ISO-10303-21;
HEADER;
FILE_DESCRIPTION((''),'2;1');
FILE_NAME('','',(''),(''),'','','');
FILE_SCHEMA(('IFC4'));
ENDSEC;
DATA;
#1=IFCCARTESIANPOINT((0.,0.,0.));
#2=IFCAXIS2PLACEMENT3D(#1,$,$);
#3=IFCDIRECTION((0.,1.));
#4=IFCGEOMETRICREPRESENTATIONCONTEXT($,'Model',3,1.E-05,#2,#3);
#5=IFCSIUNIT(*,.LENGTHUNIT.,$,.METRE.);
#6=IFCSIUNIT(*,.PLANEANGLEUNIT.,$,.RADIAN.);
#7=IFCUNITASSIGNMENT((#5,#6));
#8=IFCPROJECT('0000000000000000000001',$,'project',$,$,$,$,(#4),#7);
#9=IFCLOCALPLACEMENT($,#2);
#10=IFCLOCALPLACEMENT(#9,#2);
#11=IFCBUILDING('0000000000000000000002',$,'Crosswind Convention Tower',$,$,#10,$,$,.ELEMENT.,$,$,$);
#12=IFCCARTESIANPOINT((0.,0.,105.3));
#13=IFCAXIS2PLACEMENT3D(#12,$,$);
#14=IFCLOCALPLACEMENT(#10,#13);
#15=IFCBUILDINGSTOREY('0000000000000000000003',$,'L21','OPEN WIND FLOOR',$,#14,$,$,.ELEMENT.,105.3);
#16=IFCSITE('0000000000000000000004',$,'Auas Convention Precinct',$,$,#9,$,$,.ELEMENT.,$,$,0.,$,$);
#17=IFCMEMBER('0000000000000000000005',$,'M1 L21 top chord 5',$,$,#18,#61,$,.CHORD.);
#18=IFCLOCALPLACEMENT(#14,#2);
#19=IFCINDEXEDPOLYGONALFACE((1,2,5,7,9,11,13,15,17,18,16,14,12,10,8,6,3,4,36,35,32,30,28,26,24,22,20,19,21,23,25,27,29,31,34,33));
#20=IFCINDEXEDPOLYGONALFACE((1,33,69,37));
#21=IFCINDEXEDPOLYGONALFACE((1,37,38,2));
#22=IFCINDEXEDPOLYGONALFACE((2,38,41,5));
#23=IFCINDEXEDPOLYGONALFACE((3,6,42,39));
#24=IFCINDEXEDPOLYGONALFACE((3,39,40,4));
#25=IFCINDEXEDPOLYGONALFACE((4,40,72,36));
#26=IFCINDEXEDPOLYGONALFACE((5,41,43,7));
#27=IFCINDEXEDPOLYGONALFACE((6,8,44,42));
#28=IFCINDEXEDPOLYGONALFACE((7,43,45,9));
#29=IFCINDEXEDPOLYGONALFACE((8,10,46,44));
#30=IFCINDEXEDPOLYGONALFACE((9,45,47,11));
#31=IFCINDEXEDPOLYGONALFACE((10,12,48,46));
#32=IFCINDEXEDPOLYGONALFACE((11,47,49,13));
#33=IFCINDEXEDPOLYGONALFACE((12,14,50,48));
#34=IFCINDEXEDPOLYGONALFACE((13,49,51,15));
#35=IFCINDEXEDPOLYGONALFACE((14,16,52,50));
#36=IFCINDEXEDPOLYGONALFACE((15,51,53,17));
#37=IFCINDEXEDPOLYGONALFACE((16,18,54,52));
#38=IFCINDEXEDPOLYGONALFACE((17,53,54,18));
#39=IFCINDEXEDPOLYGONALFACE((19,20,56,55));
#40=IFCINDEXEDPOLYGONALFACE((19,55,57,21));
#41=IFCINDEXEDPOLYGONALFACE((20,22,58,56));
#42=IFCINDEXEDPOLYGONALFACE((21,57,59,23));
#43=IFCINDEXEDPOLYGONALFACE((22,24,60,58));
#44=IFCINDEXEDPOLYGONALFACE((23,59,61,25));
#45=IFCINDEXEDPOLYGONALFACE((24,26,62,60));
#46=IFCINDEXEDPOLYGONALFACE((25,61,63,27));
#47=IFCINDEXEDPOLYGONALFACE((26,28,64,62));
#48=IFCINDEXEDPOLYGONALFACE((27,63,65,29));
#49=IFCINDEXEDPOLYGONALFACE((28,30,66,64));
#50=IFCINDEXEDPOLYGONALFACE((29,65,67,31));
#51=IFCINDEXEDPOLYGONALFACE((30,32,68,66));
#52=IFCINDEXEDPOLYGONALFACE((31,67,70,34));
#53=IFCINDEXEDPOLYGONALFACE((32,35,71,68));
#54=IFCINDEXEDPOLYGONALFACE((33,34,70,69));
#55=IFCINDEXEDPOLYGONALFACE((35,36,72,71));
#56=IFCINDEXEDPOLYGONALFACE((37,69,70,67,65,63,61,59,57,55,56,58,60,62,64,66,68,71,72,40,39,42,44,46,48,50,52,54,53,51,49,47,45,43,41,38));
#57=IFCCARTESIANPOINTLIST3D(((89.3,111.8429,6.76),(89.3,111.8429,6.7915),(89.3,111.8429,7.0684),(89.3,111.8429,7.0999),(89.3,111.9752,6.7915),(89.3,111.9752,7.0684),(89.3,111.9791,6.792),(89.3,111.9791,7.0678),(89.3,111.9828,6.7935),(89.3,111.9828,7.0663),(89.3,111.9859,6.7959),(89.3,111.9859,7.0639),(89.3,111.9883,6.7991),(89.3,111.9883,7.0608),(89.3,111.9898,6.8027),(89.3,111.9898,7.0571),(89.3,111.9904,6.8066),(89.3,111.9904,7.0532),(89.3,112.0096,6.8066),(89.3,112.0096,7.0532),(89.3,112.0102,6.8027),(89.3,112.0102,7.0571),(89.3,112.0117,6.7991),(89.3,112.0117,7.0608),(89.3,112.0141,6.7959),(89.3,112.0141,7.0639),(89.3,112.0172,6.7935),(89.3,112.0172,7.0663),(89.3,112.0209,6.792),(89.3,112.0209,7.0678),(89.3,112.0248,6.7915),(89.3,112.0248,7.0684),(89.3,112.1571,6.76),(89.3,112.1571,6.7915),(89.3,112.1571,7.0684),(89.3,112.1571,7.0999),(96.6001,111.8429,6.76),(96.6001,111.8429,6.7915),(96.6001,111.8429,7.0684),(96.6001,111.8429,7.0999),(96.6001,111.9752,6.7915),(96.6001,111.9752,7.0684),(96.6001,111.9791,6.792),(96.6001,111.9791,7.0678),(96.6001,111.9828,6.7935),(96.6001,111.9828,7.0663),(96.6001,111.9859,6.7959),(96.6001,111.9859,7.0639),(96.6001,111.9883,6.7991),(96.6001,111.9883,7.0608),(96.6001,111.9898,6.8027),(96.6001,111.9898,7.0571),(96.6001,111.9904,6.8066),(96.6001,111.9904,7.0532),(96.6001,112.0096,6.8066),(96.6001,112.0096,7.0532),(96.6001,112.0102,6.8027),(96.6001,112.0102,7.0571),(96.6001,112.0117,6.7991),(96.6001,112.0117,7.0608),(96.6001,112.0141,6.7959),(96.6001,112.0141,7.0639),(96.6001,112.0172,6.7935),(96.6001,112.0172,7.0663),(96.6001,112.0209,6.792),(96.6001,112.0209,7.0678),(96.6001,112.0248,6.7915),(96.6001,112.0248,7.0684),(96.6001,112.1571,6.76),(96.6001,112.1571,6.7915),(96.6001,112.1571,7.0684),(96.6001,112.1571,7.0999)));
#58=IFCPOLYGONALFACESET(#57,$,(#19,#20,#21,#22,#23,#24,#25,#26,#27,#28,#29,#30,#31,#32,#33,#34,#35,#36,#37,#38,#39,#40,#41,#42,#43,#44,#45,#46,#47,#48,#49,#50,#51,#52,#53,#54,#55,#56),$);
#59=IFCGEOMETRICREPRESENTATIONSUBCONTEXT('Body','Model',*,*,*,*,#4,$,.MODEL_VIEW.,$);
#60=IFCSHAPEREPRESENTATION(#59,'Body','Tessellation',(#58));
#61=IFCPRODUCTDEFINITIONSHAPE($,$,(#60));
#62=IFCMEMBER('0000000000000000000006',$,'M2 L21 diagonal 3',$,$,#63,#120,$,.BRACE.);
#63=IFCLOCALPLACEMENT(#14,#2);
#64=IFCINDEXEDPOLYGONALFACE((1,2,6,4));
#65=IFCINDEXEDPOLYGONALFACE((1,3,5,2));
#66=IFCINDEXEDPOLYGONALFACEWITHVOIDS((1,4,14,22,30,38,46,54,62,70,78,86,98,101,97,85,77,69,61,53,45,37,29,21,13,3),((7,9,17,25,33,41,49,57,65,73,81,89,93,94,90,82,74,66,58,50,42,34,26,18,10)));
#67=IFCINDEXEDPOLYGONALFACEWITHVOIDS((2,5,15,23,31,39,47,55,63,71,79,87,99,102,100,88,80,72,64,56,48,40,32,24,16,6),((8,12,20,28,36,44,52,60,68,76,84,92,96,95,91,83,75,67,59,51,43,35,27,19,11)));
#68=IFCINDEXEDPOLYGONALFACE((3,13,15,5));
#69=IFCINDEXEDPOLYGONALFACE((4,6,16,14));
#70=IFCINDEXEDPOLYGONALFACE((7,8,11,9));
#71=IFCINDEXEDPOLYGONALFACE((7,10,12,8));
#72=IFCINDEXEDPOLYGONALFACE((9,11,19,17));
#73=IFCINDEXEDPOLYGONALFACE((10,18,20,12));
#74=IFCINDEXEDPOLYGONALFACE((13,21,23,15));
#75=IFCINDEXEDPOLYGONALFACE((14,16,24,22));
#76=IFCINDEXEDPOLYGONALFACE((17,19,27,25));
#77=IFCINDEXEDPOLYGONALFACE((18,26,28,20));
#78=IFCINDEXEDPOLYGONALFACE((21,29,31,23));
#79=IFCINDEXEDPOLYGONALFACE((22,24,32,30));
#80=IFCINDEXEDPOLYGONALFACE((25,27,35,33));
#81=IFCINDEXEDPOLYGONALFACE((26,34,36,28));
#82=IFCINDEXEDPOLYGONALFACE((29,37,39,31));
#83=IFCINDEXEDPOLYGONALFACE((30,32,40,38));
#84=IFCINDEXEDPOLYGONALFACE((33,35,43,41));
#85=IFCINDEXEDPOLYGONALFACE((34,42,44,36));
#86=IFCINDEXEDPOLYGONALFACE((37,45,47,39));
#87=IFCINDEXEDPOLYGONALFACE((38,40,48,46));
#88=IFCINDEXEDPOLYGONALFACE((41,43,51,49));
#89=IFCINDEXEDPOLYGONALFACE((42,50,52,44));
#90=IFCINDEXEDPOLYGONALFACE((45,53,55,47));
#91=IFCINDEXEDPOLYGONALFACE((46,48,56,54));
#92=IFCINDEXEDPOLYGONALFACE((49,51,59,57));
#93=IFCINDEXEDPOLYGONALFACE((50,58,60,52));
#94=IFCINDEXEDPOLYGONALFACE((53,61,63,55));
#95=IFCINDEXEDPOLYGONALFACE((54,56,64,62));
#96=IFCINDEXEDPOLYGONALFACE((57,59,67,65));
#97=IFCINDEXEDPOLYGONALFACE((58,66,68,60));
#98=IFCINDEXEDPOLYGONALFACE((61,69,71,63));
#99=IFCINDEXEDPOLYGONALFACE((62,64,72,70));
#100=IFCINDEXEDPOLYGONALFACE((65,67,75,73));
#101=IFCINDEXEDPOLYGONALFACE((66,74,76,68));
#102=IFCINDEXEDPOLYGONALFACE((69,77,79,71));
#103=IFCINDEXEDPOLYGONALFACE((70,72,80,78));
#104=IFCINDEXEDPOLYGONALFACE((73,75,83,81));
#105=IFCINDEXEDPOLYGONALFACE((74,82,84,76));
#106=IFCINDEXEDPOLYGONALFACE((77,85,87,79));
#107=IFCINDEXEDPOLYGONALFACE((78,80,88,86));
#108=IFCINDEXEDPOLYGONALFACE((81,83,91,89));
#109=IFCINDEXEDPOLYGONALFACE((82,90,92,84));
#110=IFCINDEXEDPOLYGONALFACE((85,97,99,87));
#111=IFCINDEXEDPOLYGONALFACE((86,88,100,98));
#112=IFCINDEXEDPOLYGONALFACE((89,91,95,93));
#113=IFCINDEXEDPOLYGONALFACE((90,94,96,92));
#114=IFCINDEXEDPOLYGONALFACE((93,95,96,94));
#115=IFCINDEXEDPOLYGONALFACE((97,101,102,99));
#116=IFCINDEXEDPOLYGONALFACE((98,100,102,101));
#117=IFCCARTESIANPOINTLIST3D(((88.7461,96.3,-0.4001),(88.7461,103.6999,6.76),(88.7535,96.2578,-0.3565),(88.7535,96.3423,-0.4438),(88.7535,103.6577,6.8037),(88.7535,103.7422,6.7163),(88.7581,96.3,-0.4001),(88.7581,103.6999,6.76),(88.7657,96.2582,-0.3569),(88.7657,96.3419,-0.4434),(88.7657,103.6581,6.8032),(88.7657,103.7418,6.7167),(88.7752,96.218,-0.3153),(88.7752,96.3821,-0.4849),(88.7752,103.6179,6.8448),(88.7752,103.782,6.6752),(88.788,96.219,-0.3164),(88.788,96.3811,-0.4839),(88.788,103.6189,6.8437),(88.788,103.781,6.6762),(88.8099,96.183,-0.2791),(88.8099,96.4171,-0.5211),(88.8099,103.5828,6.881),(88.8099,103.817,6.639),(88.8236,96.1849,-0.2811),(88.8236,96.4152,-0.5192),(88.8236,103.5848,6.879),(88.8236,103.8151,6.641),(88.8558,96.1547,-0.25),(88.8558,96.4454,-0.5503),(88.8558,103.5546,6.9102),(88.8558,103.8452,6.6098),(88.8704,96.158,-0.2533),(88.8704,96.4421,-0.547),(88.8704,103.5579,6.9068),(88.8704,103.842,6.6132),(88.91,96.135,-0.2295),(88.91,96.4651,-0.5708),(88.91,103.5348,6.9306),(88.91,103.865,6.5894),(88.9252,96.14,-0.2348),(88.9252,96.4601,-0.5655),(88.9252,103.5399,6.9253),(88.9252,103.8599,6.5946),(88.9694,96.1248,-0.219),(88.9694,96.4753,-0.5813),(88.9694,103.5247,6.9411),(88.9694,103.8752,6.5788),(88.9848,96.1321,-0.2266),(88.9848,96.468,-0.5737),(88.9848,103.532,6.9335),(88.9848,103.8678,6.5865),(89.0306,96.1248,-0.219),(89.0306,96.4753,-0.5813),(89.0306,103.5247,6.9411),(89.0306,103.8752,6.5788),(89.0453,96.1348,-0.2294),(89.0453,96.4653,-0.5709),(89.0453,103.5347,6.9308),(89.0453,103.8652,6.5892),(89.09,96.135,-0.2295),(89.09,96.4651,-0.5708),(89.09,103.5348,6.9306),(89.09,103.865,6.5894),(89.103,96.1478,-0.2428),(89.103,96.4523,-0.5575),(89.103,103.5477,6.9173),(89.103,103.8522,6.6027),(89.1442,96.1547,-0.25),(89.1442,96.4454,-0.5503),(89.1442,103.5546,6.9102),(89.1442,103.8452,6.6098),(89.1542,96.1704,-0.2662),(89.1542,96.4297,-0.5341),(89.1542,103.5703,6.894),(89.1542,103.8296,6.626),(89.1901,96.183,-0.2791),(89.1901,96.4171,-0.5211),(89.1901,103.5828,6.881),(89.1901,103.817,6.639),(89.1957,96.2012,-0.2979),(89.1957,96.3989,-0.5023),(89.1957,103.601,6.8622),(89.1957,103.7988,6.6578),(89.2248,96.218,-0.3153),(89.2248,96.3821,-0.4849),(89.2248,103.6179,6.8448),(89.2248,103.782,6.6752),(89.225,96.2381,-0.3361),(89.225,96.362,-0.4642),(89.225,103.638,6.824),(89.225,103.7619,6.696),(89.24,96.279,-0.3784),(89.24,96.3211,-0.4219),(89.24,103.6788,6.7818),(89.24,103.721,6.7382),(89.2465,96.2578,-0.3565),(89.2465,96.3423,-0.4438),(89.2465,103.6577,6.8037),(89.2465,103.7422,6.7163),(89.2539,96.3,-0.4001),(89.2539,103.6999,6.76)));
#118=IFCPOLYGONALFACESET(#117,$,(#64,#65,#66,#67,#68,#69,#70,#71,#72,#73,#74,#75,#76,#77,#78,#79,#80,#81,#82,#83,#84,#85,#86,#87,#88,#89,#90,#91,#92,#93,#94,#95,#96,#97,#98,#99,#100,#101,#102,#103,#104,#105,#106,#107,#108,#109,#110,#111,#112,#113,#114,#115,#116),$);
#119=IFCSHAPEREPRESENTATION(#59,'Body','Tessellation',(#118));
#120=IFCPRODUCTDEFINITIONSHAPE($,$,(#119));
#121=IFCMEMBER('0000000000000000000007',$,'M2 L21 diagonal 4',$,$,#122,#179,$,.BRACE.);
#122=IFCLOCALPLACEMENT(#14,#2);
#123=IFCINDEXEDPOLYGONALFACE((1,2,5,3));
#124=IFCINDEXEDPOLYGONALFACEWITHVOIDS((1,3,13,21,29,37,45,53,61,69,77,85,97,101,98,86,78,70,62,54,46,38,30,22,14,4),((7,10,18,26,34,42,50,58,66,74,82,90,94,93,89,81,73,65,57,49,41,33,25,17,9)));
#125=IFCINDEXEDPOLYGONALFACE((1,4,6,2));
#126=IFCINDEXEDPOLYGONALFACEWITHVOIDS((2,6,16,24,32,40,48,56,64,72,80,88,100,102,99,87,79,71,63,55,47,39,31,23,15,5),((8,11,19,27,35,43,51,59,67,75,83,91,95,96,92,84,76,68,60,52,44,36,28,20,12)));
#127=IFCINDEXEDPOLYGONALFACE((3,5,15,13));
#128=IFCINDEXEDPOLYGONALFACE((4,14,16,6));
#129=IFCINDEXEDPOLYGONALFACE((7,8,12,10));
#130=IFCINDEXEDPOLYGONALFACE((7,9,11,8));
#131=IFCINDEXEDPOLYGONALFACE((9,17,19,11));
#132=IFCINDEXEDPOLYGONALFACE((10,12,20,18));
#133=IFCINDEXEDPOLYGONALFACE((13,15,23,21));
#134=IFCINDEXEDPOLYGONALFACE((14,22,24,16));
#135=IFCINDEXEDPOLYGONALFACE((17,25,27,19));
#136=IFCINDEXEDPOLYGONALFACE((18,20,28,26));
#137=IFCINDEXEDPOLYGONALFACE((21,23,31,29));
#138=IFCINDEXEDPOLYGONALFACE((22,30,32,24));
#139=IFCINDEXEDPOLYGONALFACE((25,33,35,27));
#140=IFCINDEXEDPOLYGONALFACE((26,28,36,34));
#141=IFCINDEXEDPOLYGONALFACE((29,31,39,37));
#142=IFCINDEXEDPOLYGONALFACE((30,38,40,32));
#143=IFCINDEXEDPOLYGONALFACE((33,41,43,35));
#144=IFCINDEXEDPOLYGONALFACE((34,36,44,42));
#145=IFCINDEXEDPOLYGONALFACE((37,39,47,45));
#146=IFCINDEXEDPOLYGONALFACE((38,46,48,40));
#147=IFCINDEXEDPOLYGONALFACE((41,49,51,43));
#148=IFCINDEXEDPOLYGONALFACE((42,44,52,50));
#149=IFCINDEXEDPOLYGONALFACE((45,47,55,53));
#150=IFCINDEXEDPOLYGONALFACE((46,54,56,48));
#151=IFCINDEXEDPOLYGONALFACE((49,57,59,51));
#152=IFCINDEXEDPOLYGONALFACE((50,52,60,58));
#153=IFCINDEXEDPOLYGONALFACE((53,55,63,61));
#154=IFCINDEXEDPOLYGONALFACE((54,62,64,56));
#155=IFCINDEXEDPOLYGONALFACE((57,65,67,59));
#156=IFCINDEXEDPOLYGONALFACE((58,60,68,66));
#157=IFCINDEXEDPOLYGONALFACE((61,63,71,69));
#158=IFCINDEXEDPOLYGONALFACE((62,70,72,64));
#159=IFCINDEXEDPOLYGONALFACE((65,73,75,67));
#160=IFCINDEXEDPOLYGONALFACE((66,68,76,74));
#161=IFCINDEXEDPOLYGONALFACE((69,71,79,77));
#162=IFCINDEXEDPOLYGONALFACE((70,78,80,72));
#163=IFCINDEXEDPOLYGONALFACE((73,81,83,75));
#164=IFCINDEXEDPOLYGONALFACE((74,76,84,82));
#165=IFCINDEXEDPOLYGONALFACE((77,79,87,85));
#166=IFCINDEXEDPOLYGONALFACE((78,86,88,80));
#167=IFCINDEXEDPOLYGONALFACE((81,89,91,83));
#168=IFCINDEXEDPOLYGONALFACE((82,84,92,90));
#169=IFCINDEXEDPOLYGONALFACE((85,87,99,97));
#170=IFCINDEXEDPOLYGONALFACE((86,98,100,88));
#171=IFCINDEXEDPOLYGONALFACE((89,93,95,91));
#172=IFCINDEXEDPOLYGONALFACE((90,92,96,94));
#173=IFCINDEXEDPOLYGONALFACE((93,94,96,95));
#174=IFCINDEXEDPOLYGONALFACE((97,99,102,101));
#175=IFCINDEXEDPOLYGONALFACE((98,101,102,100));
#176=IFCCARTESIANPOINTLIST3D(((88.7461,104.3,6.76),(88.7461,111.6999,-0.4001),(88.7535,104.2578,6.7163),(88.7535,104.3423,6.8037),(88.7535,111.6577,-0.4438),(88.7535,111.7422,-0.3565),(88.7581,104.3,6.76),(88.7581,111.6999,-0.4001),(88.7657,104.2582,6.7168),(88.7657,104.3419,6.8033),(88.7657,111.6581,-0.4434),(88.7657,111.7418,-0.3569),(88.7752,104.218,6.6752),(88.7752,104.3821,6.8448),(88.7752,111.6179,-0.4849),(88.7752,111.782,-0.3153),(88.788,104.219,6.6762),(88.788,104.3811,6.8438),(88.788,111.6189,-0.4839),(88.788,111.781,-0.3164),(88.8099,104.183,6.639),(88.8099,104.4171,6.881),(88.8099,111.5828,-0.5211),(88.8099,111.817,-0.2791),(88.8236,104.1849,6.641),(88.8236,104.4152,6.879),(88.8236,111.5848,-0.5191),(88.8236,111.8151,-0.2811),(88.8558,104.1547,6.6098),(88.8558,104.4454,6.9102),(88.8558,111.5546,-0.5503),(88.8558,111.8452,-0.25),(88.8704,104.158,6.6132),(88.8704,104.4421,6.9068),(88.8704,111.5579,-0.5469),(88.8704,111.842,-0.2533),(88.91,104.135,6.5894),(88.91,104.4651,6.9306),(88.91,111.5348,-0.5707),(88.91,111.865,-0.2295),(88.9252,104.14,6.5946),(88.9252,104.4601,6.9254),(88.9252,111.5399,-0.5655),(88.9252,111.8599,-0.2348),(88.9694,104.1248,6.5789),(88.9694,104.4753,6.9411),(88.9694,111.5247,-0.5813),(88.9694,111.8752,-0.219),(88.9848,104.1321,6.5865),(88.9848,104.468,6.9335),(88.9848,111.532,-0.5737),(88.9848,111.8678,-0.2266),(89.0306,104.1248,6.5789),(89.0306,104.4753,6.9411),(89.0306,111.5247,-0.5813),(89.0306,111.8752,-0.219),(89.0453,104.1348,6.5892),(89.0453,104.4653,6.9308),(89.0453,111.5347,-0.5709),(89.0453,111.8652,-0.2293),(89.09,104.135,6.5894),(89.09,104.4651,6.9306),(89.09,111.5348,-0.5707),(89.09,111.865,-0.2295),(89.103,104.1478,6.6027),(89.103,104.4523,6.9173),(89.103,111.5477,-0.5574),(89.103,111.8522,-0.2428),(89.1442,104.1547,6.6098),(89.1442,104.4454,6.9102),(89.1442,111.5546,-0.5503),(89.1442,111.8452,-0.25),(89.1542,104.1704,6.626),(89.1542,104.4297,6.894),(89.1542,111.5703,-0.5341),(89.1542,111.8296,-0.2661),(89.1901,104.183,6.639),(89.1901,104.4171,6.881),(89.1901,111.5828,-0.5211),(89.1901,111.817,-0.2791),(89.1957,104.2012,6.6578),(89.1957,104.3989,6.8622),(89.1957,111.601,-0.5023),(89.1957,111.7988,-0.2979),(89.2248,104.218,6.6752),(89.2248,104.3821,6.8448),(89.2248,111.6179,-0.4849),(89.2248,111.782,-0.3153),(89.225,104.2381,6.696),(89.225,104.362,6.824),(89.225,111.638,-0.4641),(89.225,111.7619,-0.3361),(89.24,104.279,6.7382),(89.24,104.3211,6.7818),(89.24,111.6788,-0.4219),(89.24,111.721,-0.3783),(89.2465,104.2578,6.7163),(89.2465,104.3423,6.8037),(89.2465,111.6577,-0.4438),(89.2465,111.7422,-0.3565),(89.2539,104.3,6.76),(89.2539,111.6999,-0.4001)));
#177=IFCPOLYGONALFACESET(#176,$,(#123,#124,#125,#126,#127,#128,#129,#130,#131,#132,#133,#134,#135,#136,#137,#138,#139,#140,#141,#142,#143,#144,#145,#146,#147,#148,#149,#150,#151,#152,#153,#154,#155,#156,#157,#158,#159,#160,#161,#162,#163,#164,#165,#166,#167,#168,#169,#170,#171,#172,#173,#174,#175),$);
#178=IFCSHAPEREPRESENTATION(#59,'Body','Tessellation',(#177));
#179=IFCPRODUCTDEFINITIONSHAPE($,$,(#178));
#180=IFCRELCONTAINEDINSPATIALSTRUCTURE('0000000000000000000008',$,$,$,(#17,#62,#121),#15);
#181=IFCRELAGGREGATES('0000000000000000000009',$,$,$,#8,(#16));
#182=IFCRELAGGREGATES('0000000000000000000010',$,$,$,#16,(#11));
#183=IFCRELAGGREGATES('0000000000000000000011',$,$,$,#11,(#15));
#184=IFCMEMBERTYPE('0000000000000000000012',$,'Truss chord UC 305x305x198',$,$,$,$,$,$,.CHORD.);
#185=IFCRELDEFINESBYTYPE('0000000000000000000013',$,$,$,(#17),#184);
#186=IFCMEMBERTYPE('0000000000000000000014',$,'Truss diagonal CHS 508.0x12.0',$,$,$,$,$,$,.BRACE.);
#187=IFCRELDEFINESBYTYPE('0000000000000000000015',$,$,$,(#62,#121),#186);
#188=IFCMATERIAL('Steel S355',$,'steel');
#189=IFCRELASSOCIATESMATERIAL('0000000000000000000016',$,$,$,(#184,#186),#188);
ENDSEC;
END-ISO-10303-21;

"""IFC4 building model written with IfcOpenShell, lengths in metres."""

from ifc_helpers import new_model, si_unit, direction, frame, origin, origin_2d, place, context, subcontext, project, spatial, hollow_circle, i_section, extrude, material, material_profile, profile_set, type_object, element, save


model = new_model("IFC4")

# Units and contexts
model_context = context("Model", 3, precision=1e-05, world=origin(), true_north=direction((0.0, 1.0)))
body_context = subcontext(model_context, "Body", "Model", "MODEL_VIEW")
ifc_project = project(units=[si_unit("LENGTHUNIT", "METRE"), si_unit("PLANEANGLEUNIT", "RADIAN")], contexts=[model_context])

# Site, building, storey
site_placement = place(None, origin())
site = spatial("IfcSite", under=ifc_project, at=site_placement, Name="Auas Convention Precinct", CompositionType="ELEMENT", RefElevation=0.0)
building_placement = place(site_placement, origin())
building = spatial("IfcBuilding", under=site, at=building_placement, Name="Crosswind Convention Tower", CompositionType="ELEMENT")
storey_placement = place(building_placement, frame((0.0, 0.0, 105.3)))
storey = spatial("IfcBuildingStorey", under=building, at=storey_placement, Name="L21", Description="OPEN WIND FLOOR", CompositionType="ELEMENT", Elevation=105.3)

# Shared definitions
ifc_material_1 = material(Name="Steel S355", Category="steel")

# Members
ifc_material_profile_1 = material_profile(ifc_material_1, i_section(OverallWidth=0.3142, OverallDepth=0.3398, WebThickness=0.0193, FlangeThickness=0.0315, FilletRadius=0.0151, at=origin_2d()), Name="UC 305x305x198")
ifc_profile_set_1 = profile_set([ifc_material_profile_1], Name="Steel S355")
member_type_1 = type_object("IfcMemberType", Name="Truss chord UC 305x305x198", PredefinedType="CHORD", material=ifc_profile_set_1)
for number, where, z_axis, x_axis, name in (
    (1, (89.3, 112.0, 6.9299), (1.0, 0.0, 0.0), (0.0, 1.0, 0.0), "M1 L21 top chord 5"),
):
    element("IfcMember", number, at=place(storey_placement, frame(where, z_axis=z_axis, x_axis=x_axis)), inside=storey, type_object=member_type_1, Name=name, PredefinedType="CHORD", context=body_context, shape_type="SweptSolid", body=[
        extrude(i_section(OverallWidth=0.3142, OverallDepth=0.3398, WebThickness=0.0193, FlangeThickness=0.0315, FilletRadius=0.0151, at=origin_2d()), origin(), (0.0, 0.0, 1.0), 7.3),
    ])
ifc_material_profile_2 = material_profile(ifc_material_1, hollow_circle(Radius=0.2539, WallThickness=0.012, at=origin_2d()), Name="CHS 508.0x12.0")
ifc_profile_set_2 = profile_set([ifc_material_profile_2], Name="Steel S355")
member_type_2 = type_object("IfcMemberType", Name="Truss diagonal CHS 508.0x12.0", PredefinedType="BRACE", material=ifc_profile_set_2)
for number, where, z_axis, x_axis, name in (
    (2, (89.0, 96.3, -0.4001), (0.0, 0.718653, 0.695369), (-1.0, 0.0, 0.0), "M2 L21 diagonal 3"),
    (3, (89.0, 104.3, 6.76), (0.0, 0.718653, -0.695369), (-1.0, 0.0, 0.0), "M2 L21 diagonal 4"),
):
    element("IfcMember", number, at=place(storey_placement, frame(where, z_axis=z_axis, x_axis=x_axis)), inside=storey, type_object=member_type_2, Name=name, PredefinedType="BRACE", context=body_context, shape_type="SweptSolid", body=[
        extrude(hollow_circle(Radius=0.2539, WallThickness=0.012, at=origin_2d()), origin(), (0.0, 0.0, 1.0), 10.2969),
    ])

save(model, "model.ifc")
